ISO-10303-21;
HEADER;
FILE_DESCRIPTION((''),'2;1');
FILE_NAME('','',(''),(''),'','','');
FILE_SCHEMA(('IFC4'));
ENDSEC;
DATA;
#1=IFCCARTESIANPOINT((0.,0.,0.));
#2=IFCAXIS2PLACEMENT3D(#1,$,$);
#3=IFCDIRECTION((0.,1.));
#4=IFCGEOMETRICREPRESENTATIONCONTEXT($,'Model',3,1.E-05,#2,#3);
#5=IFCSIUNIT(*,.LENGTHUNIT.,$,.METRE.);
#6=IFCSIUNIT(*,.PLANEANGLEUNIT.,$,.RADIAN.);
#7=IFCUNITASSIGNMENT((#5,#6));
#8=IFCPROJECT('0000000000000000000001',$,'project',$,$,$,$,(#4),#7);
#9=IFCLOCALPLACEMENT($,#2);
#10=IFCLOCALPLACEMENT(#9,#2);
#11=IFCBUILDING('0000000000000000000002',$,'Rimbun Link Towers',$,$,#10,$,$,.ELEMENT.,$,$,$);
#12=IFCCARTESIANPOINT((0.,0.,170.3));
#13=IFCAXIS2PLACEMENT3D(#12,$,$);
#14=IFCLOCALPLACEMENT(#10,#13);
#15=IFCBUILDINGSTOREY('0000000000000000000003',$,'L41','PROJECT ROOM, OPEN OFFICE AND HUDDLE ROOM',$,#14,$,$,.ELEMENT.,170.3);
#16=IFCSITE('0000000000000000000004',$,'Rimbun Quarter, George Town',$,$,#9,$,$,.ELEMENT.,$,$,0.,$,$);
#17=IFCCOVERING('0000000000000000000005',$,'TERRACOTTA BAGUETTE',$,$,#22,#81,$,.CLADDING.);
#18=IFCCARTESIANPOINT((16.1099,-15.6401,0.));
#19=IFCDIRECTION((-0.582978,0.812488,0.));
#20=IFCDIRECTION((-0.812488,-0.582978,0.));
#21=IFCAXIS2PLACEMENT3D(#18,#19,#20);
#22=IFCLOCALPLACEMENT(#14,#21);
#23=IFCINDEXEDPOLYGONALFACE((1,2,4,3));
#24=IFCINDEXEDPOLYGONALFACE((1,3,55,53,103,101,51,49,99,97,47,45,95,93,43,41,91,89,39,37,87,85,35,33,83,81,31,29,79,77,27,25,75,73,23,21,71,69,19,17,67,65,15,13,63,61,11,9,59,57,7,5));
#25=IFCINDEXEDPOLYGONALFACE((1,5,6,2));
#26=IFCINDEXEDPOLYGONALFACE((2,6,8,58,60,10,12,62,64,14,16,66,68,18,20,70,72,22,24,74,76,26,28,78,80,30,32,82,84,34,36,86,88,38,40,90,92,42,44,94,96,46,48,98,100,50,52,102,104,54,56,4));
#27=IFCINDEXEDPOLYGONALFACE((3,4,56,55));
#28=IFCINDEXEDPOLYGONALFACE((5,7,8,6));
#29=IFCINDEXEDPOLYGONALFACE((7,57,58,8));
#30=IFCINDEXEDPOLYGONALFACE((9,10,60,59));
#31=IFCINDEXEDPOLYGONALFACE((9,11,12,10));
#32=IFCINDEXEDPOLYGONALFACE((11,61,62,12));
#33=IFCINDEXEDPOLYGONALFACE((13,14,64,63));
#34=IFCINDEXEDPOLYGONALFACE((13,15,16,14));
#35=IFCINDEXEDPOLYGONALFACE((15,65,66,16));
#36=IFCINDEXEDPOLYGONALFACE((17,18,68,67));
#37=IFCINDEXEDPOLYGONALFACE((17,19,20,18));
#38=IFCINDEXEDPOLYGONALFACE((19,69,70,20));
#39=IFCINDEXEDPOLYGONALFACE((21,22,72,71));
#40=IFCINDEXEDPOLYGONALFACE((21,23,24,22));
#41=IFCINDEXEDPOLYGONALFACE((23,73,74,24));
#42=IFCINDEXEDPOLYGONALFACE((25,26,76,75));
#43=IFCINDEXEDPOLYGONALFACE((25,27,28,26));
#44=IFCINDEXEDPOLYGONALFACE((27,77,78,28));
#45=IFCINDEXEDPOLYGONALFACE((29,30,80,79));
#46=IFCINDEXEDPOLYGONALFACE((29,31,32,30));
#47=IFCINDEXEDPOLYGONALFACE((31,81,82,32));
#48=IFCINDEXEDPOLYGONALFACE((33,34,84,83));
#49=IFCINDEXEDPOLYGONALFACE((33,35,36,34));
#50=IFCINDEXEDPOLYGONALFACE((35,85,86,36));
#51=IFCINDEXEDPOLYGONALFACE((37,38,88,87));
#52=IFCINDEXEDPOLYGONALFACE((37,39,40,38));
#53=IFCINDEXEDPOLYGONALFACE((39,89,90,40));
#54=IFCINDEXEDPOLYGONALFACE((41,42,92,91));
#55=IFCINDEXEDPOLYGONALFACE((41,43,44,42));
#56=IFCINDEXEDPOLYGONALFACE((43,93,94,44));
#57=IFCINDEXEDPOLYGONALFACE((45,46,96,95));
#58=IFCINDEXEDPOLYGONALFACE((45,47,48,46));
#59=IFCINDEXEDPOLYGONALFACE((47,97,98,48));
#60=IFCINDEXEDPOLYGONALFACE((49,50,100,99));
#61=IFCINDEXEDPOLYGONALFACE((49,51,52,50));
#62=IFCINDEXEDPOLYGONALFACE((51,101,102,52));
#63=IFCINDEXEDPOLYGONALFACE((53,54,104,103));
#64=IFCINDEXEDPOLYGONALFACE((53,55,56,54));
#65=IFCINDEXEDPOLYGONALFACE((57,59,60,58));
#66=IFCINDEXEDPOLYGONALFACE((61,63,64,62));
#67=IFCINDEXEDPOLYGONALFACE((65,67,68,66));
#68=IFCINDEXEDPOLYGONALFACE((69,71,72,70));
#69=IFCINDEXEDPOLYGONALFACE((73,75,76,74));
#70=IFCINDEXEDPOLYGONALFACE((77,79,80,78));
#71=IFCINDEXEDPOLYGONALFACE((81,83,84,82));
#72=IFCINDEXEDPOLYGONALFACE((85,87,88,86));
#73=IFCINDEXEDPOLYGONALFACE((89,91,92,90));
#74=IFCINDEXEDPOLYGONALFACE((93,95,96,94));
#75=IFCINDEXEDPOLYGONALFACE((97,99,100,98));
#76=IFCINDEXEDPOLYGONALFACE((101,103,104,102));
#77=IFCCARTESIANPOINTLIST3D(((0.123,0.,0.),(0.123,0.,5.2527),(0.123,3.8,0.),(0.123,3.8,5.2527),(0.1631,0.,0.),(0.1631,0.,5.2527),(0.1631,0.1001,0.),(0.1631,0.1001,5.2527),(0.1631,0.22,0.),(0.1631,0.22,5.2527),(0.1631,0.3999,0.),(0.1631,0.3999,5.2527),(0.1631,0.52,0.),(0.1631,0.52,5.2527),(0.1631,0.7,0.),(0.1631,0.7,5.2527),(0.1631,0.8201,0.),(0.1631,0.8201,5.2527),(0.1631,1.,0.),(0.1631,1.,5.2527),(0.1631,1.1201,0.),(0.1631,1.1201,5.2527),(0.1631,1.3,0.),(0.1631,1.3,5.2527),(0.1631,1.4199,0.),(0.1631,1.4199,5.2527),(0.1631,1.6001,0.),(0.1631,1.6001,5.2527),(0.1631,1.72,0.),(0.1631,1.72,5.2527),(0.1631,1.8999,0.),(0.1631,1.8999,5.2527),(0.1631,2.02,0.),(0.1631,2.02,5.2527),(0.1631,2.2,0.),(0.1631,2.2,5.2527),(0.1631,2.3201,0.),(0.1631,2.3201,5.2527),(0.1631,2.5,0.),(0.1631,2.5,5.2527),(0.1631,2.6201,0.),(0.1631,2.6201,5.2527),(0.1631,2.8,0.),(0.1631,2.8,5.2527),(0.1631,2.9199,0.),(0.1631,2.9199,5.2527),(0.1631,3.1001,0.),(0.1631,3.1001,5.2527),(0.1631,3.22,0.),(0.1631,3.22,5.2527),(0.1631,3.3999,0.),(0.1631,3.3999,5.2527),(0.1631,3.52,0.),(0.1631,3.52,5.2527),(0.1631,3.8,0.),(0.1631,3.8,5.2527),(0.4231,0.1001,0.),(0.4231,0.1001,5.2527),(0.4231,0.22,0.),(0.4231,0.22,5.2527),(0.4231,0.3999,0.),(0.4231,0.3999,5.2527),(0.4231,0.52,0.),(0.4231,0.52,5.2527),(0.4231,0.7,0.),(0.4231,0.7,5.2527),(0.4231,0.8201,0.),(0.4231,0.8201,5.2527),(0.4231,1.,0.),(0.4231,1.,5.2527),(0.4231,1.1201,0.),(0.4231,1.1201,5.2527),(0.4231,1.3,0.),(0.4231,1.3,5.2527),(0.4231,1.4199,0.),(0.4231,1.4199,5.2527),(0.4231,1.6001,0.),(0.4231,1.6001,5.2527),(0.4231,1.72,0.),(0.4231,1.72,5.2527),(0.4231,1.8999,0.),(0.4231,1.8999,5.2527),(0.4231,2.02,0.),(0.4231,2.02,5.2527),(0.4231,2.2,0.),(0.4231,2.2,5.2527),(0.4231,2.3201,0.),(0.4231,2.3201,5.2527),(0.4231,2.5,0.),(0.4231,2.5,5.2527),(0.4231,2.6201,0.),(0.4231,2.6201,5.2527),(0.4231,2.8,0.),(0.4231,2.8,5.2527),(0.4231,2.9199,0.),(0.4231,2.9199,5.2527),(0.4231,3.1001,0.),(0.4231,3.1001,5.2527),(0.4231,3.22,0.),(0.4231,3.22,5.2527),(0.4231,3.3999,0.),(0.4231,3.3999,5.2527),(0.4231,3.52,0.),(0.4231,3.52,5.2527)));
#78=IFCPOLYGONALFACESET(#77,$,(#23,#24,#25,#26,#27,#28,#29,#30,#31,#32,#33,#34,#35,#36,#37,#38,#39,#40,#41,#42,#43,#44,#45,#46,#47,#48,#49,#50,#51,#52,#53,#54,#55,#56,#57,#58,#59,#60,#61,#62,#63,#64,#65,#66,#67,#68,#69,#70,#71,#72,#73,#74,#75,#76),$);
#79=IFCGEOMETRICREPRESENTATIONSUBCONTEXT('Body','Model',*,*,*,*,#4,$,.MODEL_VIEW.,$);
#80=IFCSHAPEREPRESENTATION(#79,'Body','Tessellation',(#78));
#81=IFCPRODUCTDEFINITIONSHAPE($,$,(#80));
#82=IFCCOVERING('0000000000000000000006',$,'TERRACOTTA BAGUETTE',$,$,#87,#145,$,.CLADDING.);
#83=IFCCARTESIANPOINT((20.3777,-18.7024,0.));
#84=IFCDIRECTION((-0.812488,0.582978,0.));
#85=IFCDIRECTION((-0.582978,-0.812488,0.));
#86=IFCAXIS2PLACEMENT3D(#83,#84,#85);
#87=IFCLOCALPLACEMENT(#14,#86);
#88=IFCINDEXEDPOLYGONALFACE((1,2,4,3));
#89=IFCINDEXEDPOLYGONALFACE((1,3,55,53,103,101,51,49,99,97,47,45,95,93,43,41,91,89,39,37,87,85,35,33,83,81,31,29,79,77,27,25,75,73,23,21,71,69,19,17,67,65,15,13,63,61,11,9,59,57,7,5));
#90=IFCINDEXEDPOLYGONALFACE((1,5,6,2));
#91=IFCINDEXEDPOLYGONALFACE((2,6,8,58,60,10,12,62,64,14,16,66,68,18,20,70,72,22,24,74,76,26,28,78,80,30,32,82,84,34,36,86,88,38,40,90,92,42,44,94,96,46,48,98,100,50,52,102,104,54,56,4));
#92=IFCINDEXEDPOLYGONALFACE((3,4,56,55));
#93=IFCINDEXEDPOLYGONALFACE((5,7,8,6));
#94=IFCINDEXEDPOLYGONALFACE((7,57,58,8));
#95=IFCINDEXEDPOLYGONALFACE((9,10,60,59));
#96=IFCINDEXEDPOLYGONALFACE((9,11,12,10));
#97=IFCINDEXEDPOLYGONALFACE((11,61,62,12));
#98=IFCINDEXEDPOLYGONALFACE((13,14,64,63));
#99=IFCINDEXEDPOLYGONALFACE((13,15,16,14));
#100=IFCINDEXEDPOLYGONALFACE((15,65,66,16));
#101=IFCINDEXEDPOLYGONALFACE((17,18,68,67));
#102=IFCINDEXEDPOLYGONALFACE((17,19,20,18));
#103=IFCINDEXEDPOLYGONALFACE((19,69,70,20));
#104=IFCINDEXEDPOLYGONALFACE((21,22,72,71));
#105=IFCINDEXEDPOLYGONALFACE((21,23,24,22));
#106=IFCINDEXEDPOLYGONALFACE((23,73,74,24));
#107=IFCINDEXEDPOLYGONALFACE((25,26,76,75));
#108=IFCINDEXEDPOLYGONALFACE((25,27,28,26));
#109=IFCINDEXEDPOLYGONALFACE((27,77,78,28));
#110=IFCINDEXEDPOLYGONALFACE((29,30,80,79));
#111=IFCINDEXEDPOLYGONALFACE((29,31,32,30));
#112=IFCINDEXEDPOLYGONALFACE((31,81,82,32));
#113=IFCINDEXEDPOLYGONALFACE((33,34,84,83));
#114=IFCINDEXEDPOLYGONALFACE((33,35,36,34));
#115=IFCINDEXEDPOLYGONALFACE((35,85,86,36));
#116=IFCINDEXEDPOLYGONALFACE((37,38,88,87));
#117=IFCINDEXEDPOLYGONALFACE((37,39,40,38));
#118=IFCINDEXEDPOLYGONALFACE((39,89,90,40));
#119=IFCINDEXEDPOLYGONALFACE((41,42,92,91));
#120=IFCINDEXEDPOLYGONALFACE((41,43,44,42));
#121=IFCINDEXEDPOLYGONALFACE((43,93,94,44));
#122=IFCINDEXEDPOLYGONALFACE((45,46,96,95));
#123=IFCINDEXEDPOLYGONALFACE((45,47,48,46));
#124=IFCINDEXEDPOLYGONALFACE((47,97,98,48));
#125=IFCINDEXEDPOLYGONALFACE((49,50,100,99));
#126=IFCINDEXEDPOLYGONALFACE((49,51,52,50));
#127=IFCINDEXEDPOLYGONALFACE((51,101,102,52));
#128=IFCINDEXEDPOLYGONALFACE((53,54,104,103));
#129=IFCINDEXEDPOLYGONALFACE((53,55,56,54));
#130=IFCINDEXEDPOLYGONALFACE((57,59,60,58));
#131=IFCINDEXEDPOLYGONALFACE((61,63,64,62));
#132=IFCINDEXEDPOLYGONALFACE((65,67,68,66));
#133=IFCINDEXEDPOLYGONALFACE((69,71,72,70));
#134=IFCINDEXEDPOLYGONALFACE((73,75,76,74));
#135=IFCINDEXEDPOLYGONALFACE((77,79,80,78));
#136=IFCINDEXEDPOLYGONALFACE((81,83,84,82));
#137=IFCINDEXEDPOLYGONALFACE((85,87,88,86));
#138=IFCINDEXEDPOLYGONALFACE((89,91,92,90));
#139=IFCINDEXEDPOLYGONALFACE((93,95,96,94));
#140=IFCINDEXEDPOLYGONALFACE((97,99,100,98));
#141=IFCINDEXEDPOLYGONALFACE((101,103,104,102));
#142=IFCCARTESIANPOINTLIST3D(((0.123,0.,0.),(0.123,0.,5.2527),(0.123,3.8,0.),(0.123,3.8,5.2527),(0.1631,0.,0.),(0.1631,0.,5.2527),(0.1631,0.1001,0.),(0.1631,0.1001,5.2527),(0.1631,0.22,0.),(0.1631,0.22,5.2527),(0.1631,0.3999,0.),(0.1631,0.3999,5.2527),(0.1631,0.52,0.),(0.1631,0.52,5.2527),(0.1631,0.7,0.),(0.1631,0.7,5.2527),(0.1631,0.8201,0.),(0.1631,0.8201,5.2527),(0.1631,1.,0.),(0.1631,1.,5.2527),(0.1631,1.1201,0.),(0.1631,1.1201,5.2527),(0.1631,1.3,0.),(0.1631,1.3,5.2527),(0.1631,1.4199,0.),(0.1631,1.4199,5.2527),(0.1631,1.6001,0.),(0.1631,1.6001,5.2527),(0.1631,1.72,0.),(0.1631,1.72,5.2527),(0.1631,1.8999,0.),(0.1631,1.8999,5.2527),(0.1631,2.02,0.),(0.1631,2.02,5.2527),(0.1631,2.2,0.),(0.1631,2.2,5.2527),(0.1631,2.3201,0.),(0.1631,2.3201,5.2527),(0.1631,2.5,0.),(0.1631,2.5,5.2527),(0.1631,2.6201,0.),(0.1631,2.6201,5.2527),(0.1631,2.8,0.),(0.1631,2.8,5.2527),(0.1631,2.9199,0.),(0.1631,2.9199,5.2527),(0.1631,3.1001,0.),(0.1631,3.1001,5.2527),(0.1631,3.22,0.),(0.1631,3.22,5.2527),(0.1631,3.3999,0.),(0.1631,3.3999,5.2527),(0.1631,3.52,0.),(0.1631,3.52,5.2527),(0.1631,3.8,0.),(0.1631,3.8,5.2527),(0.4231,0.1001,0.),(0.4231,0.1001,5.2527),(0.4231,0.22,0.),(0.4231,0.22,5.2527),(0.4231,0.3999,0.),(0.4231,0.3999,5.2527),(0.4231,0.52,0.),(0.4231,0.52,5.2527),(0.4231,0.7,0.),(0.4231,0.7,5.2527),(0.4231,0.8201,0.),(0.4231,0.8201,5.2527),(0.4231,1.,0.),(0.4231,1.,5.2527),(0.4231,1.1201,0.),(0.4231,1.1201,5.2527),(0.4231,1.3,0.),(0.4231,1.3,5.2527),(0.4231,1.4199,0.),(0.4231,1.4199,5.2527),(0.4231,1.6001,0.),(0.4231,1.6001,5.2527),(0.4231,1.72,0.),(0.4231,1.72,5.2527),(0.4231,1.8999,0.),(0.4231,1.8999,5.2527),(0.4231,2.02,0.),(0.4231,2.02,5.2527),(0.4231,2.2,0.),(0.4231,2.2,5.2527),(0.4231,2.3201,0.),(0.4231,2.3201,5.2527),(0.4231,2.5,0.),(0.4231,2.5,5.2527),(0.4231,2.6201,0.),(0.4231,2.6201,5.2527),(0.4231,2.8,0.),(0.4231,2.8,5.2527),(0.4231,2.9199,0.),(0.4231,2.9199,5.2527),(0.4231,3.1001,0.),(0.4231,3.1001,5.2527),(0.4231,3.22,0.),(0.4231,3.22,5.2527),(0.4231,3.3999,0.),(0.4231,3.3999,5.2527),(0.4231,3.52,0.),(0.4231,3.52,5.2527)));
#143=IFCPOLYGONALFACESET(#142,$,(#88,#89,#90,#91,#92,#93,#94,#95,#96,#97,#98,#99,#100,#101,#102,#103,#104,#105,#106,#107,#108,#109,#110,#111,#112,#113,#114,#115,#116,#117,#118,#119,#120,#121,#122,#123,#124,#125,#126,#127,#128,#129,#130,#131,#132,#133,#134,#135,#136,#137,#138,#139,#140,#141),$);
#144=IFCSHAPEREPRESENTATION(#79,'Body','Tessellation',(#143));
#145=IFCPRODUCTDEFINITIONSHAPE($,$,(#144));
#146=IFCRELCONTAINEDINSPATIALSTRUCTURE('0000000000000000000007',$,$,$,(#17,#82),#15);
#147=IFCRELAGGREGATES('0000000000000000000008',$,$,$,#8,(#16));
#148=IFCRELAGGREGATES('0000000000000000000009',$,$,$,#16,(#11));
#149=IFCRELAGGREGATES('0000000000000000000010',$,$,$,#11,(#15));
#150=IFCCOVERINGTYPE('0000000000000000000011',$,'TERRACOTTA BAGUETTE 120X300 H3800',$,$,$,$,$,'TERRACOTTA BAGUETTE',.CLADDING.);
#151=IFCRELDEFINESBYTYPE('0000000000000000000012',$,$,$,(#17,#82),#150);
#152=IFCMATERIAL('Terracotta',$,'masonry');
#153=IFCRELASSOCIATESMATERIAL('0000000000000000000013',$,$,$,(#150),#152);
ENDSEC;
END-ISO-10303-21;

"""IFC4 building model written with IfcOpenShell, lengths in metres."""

from ifc_helpers import new_model, si_unit, direction, frame, origin, place, context, subcontext, project, spatial, polyline, outline, extrude, material, material_profile, profile_set, type_object, element, save


model = new_model("IFC4")

# Units and contexts
model_context = context("Model", 3, precision=1e-05, world=origin(), true_north=direction((0.0, 1.0)))
body_context = subcontext(model_context, "Body", "Model", "MODEL_VIEW")
ifc_project = project(units=[si_unit("LENGTHUNIT", "METRE"), si_unit("PLANEANGLEUNIT", "RADIAN")], contexts=[model_context])

# Site, building, storey
site_placement = place(None, origin())
site = spatial("IfcSite", under=ifc_project, at=site_placement, Name="Rimbun Quarter, George Town", CompositionType="ELEMENT", RefElevation=0.0)
building_placement = place(site_placement, origin())
building = spatial("IfcBuilding", under=site, at=building_placement, Name="Rimbun Link Towers", CompositionType="ELEMENT")
storey_placement = place(building_placement, frame((0.0, 0.0, 170.3)))
storey = spatial("IfcBuildingStorey", under=building, at=storey_placement, Name="L41", Description="PROJECT ROOM, OPEN OFFICE AND HUDDLE ROOM", CompositionType="ELEMENT", Elevation=170.3)

# Coverings
ifc_material_1 = material(Name="Terracotta", Category="masonry")
ifc_material_profile_1 = material_profile(ifc_material_1, outline(polyline([(0.123, 0.0), (0.1631, 0.0), (0.1631, 0.1001), (0.4231, 0.1001), (0.4231, 0.22), (0.1631, 0.22), (0.1631, 0.3999), (0.4231, 0.3999), (0.4231, 0.52), (0.1631, 0.52), (0.1631, 0.7), (0.4231, 0.7), (0.4231, 0.8201), (0.1631, 0.8201), (0.1631, 1.0), (0.4231, 1.0), (0.4231, 1.1201), (0.1631, 1.1201), (0.1631, 1.3), (0.4231, 1.3), (0.4231, 1.4199), (0.1631, 1.4199), (0.1631, 1.6001), (0.4231, 1.6001), (0.4231, 1.72), (0.1631, 1.72), (0.1631, 1.8999), (0.4231, 1.8999), (0.4231, 2.02), (0.1631, 2.02), (0.1631, 2.2), (0.4231, 2.2), (0.4231, 2.3201), (0.1631, 2.3201), (0.1631, 2.5), (0.4231, 2.5), (0.4231, 2.6201), (0.1631, 2.6201), (0.1631, 2.8), (0.4231, 2.8), (0.4231, 2.9199), (0.1631, 2.9199), (0.1631, 3.1001), (0.4231, 3.1001), (0.4231, 3.22), (0.1631, 3.22), (0.1631, 3.3999), (0.4231, 3.3999), (0.4231, 3.52), (0.1631, 3.52), (0.1631, 3.8), (0.123, 3.8), (0.123, 0.0)])), Name="BAGUETTE 120X300")
ifc_profile_set_1 = profile_set([ifc_material_profile_1], Name="Terracotta")
covering_type = type_object("IfcCoveringType", Name="TERRACOTTA BAGUETTE 120X300 H3800", ElementType="TERRACOTTA BAGUETTE", PredefinedType="CLADDING", material=ifc_profile_set_1)
for number, where, z_axis, x_axis, name in (
    (1, (16.1099, -15.6401, 0.0), (-0.582978, 0.812488, 0.0), (-0.812488, -0.582978, 0.0), "TERRACOTTA BAGUETTE"),
    (2, (20.3777, -18.7024, 0.0), (-0.812488, 0.582978, 0.0), (-0.582978, -0.812488, 0.0), "TERRACOTTA BAGUETTE"),
):
    element("IfcCovering", number, at=place(storey_placement, frame(where, z_axis=z_axis, x_axis=x_axis)), inside=storey, type_object=covering_type, Name=name, PredefinedType="CLADDING", context=body_context, shape_type="SweptSolid", body=[
        extrude(outline(polyline([(0.123, 0.0), (0.1631, 0.0), (0.1631, 0.1001), (0.4231, 0.1001), (0.4231, 0.22), (0.1631, 0.22), (0.1631, 0.3999), (0.4231, 0.3999), (0.4231, 0.52), (0.1631, 0.52), (0.1631, 0.7), (0.4231, 0.7), (0.4231, 0.8201), (0.1631, 0.8201), (0.1631, 1.0), (0.4231, 1.0), (0.4231, 1.1201), (0.1631, 1.1201), (0.1631, 1.3), (0.4231, 1.3), (0.4231, 1.4199), (0.1631, 1.4199), (0.1631, 1.6001), (0.4231, 1.6001), (0.4231, 1.72), (0.1631, 1.72), (0.1631, 1.8999), (0.4231, 1.8999), (0.4231, 2.02), (0.1631, 2.02), (0.1631, 2.2), (0.4231, 2.2), (0.4231, 2.3201), (0.1631, 2.3201), (0.1631, 2.5), (0.4231, 2.5), (0.4231, 2.6201), (0.1631, 2.6201), (0.1631, 2.8), (0.4231, 2.8), (0.4231, 2.9199), (0.1631, 2.9199), (0.1631, 3.1001), (0.4231, 3.1001), (0.4231, 3.22), (0.1631, 3.22), (0.1631, 3.3999), (0.4231, 3.3999), (0.4231, 3.52), (0.1631, 3.52), (0.1631, 3.8), (0.123, 3.8), (0.123, 0.0)])), origin(), (0.0, 0.0, 1.0), 5.2527),
    ])

save(model, "model.ifc")
